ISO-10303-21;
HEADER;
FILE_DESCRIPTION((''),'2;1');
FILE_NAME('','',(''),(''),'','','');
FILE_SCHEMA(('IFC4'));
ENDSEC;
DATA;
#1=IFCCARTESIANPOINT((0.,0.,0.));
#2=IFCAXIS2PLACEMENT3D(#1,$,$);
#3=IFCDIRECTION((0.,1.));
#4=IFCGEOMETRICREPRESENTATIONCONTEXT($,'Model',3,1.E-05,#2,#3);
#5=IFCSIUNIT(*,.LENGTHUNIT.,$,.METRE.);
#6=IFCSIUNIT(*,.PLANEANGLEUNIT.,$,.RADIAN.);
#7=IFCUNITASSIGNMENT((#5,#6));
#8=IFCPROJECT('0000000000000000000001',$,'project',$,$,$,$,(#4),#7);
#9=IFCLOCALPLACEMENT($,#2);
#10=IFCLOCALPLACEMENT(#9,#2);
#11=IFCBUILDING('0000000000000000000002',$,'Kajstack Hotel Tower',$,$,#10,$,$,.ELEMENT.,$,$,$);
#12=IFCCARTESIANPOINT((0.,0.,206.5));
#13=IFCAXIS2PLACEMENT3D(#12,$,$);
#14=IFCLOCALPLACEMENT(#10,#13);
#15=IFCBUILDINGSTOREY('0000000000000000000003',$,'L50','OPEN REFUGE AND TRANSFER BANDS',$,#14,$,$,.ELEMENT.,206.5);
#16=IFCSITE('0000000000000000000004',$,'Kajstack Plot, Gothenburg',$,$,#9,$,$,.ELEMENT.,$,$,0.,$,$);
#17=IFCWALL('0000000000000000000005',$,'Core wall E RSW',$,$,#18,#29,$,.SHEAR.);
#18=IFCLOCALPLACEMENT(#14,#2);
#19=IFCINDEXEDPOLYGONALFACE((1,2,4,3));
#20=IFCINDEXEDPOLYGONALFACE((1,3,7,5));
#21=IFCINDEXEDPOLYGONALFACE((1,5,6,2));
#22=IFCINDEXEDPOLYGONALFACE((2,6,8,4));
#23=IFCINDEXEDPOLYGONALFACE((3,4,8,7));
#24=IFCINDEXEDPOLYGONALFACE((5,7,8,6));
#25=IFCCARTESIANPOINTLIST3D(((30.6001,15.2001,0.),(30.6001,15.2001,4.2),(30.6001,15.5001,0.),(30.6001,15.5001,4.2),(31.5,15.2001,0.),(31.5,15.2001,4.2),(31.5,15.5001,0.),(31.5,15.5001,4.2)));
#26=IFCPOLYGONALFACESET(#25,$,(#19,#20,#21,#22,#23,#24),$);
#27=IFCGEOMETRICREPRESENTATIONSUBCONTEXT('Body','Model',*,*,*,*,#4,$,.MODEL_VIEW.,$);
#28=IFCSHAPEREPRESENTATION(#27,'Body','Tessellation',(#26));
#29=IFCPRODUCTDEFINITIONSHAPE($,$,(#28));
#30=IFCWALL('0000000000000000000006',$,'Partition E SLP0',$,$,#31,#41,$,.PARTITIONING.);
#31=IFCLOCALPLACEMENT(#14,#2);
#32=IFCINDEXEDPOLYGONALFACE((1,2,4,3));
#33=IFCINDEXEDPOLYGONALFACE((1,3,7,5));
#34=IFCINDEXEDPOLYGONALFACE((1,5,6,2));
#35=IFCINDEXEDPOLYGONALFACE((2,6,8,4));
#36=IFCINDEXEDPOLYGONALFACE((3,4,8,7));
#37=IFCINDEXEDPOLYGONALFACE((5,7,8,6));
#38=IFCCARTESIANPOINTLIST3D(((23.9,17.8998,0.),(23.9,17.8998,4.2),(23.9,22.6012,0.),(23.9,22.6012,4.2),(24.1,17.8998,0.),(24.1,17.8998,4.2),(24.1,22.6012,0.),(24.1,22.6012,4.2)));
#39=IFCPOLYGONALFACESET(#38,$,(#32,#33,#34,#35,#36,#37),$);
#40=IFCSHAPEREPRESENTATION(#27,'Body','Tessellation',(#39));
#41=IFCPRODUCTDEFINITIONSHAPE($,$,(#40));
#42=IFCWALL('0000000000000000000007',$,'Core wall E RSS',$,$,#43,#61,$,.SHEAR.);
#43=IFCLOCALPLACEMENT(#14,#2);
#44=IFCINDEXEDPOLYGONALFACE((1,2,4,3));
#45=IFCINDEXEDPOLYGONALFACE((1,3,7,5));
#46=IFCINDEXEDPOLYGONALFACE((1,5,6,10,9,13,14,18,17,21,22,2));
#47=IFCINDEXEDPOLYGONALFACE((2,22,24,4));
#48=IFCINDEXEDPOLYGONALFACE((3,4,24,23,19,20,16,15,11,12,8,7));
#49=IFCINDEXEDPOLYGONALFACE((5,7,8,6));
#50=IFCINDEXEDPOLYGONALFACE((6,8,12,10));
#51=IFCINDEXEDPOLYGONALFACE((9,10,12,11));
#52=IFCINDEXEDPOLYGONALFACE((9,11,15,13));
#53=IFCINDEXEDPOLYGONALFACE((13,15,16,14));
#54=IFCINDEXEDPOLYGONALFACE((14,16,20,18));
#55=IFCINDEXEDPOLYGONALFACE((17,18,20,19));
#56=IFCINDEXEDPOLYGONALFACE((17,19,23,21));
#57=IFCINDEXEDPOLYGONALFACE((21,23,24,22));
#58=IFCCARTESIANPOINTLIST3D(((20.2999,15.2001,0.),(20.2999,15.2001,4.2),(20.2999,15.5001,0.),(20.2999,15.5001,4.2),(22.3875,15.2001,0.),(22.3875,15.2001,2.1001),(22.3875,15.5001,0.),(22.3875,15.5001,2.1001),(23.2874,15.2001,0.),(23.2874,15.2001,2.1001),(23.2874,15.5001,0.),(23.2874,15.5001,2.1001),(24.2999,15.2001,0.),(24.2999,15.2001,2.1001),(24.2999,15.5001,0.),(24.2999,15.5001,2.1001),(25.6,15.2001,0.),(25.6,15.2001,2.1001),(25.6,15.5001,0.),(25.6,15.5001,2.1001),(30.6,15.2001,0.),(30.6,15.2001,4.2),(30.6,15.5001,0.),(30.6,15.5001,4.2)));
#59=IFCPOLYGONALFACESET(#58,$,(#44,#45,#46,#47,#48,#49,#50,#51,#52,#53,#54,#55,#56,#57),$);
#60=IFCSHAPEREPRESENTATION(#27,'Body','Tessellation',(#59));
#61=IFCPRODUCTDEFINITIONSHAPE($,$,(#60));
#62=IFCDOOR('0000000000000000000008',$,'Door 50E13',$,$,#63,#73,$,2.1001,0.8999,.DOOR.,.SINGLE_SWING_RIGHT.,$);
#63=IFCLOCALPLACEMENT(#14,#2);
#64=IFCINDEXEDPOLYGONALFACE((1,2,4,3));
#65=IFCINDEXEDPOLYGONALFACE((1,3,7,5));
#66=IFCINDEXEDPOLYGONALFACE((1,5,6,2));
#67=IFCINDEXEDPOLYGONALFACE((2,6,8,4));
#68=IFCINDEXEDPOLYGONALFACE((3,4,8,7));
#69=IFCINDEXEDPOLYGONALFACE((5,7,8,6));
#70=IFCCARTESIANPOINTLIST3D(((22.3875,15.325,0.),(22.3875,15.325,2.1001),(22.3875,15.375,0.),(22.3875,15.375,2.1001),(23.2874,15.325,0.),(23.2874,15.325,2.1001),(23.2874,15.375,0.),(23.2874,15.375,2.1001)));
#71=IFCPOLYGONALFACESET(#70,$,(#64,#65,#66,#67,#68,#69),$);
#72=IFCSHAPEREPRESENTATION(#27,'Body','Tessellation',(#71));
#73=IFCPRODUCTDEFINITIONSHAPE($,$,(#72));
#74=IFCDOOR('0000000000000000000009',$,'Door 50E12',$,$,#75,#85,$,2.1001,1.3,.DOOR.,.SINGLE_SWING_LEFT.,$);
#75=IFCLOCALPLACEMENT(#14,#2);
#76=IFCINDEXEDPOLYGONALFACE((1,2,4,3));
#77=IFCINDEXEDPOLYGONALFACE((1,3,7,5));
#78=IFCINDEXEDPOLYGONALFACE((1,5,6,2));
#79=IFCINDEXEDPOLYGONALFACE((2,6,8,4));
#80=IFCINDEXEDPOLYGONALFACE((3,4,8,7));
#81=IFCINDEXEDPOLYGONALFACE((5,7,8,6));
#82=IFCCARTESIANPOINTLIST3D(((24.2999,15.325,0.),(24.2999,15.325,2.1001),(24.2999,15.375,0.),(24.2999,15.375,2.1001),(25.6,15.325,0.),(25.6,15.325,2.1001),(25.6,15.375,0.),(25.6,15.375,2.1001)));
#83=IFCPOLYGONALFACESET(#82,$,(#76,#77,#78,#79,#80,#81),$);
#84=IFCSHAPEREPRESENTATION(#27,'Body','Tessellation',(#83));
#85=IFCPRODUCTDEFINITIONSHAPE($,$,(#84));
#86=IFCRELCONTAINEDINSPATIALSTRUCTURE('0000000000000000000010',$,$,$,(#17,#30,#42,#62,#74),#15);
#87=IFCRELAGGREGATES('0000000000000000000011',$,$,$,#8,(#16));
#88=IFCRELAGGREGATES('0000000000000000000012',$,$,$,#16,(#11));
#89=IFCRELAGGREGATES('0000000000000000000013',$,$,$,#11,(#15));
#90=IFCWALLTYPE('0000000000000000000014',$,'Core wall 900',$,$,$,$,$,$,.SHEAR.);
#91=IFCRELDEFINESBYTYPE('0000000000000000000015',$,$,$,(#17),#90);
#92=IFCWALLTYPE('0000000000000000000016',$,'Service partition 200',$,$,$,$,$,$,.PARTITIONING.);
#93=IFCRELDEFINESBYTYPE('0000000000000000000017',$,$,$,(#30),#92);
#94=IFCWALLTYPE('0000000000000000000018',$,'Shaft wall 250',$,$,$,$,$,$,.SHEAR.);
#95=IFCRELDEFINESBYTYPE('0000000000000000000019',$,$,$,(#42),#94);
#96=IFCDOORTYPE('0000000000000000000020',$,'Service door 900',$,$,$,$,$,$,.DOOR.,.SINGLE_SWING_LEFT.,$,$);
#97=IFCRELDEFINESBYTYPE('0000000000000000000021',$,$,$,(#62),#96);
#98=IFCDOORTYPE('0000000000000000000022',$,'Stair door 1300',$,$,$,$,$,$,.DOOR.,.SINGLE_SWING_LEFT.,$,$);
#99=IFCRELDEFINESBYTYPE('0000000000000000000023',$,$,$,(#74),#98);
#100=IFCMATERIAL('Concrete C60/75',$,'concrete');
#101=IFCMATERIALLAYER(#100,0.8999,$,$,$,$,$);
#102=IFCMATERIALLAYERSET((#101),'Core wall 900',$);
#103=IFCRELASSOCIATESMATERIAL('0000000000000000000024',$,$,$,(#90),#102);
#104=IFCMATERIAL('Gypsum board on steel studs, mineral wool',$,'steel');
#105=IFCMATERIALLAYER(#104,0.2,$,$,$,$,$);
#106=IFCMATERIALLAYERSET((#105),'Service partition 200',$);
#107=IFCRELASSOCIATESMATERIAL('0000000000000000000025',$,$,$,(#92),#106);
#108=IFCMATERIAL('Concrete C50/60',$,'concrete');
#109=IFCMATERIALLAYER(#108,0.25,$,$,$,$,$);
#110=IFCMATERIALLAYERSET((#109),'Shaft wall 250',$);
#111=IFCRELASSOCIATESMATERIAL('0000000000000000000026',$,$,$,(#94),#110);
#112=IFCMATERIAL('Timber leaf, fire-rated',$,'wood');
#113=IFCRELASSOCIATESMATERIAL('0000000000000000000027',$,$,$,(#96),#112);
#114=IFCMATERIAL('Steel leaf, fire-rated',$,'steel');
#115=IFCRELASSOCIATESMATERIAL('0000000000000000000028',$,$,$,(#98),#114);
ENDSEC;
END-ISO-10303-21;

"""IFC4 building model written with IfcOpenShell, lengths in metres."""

from ifc_helpers import new_model, si_unit, direction, frame, frame_2d, origin, place, context, subcontext, project, spatial, rectangle, extrude, material, layer, layer_set, type_object, element, fill, save


model = new_model("IFC4")

# Units and contexts
model_context = context("Model", 3, precision=1e-05, world=origin(), true_north=direction((0.0, 1.0)))
body_context = subcontext(model_context, "Body", "Model", "MODEL_VIEW")
ifc_project = project(units=[si_unit("LENGTHUNIT", "METRE"), si_unit("PLANEANGLEUNIT", "RADIAN")], contexts=[model_context])

# Site, building, storey
site_placement = place(None, origin())
site = spatial("IfcSite", under=ifc_project, at=site_placement, Name="Kajstack Plot, Gothenburg", CompositionType="ELEMENT", RefElevation=0.0)
building_placement = place(site_placement, origin())
building = spatial("IfcBuilding", under=site, at=building_placement, Name="Kajstack Hotel Tower", CompositionType="ELEMENT")
storey_placement = place(building_placement, frame((0.0, 0.0, 206.5)))
storey = spatial("IfcBuildingStorey", under=building, at=storey_placement, Name="L50", Description="OPEN REFUGE AND TRANSFER BANDS", CompositionType="ELEMENT", Elevation=206.5)

# Walls
ifc_material_1 = material(Name="Concrete C60/75", Category="concrete")
ifc_layer_1 = layer(ifc_material_1, 0.8999)
ifc_layer_set_1 = layer_set([ifc_layer_1], Name="Core wall 900")
wall_type_1 = type_object("IfcWallType", Name="Core wall 900", PredefinedType="SHEAR", material=ifc_layer_set_1)
wall_1_placement = place(storey_placement, frame((30.6001, 15.3501, 0.0), z_axis=(0.0, 0.0, 1.0), x_axis=(1.0, 0.0, 0.0)))
element("IfcWall", 1, at=wall_1_placement, inside=storey, type_object=wall_type_1, Name="Core wall E RSW", PredefinedType="SHEAR", context=body_context, shape_type="SweptSolid", body=[
    extrude(rectangle(XDim=0.8999, YDim=0.3, at=frame_2d((0.45, 0.0))), origin(), (0.0, 0.0, 1.0), 4.2),
])
ifc_material_2 = material(Name="Gypsum board on steel studs, mineral wool", Category="steel")
ifc_layer_2 = layer(ifc_material_2, 0.2)
ifc_layer_set_2 = layer_set([ifc_layer_2], Name="Service partition 200")
wall_type_2 = type_object("IfcWallType", Name="Service partition 200", PredefinedType="PARTITIONING", material=ifc_layer_set_2)
wall_2_placement = place(storey_placement, frame((24.0, 17.8999, 0.0), z_axis=(0.0, 0.0, 1.0), x_axis=(0.0, 1.0, 0.0)))
element("IfcWall", 2, at=wall_2_placement, inside=storey, type_object=wall_type_2, Name="Partition E SLP0", PredefinedType="PARTITIONING", context=body_context, shape_type="SweptSolid", body=[
    extrude(rectangle(XDim=4.7014, YDim=0.2, at=frame_2d((2.3506, 0.0))), origin(), (0.0, 0.0, 1.0), 4.2),
])

# Wall, openings, doors
ifc_material_3 = material(Name="Concrete C50/60", Category="concrete")
ifc_layer_3 = layer(ifc_material_3, 0.25)
ifc_layer_set_3 = layer_set([ifc_layer_3], Name="Shaft wall 250")
wall_type_3 = type_object("IfcWallType", Name="Shaft wall 250", PredefinedType="SHEAR", material=ifc_layer_set_3)
wall_3_placement = place(storey_placement, frame((20.3, 15.3501, 0.0), z_axis=(0.0, 0.0, 1.0), x_axis=(1.0, 0.0, 0.0)))
wall_3 = element("IfcWall", 3, at=wall_3_placement, inside=storey, type_object=wall_type_3, Name="Core wall E RSS", PredefinedType="SHEAR", context=body_context, shape_type="SweptSolid", body=[
    extrude(rectangle(XDim=10.3, YDim=0.3, at=frame_2d((5.1499, 0.0))), origin(), (0.0, 0.0, 1.0), 4.2),
])
opening_1_placement = place(wall_3_placement, frame((4.0, 0.0, 0.0)))
opening_1 = element("IfcOpeningElement", 4, at=opening_1_placement, cuts=wall_3, PredefinedType="OPENING", context=body_context, shape_type="SweptSolid", body=[
    extrude(rectangle(XDim=1.3, YDim=2.1001, at=frame_2d((0.6499, 1.05))), frame((0.0, 0.1599, 0.0), z_axis=(0.0, -1.0, 0.0), x_axis=(1.0, 0.0, 0.0)), (0.0, 0.0, 1.0), 0.3201),
])
opening_2_placement = place(wall_3_placement, frame((2.0874, 0.0, 0.0)))
opening_2 = element("IfcOpeningElement", 5, at=opening_2_placement, cuts=wall_3, PredefinedType="OPENING", context=body_context, shape_type="SweptSolid", body=[
    extrude(rectangle(XDim=0.8999, YDim=2.1001, at=frame_2d((0.45, 1.05))), frame((0.0, 0.1599, 0.0), z_axis=(0.0, -1.0, 0.0), x_axis=(1.0, 0.0, 0.0)), (0.0, 0.0, 1.0), 0.3201),
])
ifc_material_4 = material(Name="Timber leaf, fire-rated", Category="wood")
door_type_1 = type_object("IfcDoorType", Name="Service door 900", OperationType="SINGLE_SWING_LEFT", PredefinedType="DOOR", material=ifc_material_4)
door_1_placement = place(opening_2_placement, origin())
door_1 = element("IfcDoor", 6, at=door_1_placement, inside=storey, type_object=door_type_1, Name="Door 50E13", OperationType="SINGLE_SWING_RIGHT", OverallHeight=2.1001, OverallWidth=0.8999, PredefinedType="DOOR", context=body_context, shape_type="SweptSolid", body=[
    extrude(rectangle(XDim=0.8999, YDim=2.1001, at=frame_2d((0.45, 1.05))), frame((0.0, 0.0249, 0.0), z_axis=(0.0, -1.0, 0.0), x_axis=(1.0, 0.0, 0.0)), (0.0, 0.0, 1.0), 0.05),
])
fill(opening_2, door_1)
ifc_material_5 = material(Name="Steel leaf, fire-rated", Category="steel")
door_type_2 = type_object("IfcDoorType", Name="Stair door 1300", OperationType="SINGLE_SWING_LEFT", PredefinedType="DOOR", material=ifc_material_5)
door_2_placement = place(opening_1_placement, origin())
door_2 = element("IfcDoor", 7, at=door_2_placement, inside=storey, type_object=door_type_2, Name="Door 50E12", OperationType="SINGLE_SWING_LEFT", OverallHeight=2.1001, OverallWidth=1.3, PredefinedType="DOOR", context=body_context, shape_type="SweptSolid", body=[
    extrude(rectangle(XDim=1.3, YDim=2.1001, at=frame_2d((0.6499, 1.05))), frame((0.0, 0.0249, 0.0), z_axis=(0.0, -1.0, 0.0), x_axis=(1.0, 0.0, 0.0)), (0.0, 0.0, 1.0), 0.05),
])
fill(opening_1, door_2)

save(model, "model.ifc")
